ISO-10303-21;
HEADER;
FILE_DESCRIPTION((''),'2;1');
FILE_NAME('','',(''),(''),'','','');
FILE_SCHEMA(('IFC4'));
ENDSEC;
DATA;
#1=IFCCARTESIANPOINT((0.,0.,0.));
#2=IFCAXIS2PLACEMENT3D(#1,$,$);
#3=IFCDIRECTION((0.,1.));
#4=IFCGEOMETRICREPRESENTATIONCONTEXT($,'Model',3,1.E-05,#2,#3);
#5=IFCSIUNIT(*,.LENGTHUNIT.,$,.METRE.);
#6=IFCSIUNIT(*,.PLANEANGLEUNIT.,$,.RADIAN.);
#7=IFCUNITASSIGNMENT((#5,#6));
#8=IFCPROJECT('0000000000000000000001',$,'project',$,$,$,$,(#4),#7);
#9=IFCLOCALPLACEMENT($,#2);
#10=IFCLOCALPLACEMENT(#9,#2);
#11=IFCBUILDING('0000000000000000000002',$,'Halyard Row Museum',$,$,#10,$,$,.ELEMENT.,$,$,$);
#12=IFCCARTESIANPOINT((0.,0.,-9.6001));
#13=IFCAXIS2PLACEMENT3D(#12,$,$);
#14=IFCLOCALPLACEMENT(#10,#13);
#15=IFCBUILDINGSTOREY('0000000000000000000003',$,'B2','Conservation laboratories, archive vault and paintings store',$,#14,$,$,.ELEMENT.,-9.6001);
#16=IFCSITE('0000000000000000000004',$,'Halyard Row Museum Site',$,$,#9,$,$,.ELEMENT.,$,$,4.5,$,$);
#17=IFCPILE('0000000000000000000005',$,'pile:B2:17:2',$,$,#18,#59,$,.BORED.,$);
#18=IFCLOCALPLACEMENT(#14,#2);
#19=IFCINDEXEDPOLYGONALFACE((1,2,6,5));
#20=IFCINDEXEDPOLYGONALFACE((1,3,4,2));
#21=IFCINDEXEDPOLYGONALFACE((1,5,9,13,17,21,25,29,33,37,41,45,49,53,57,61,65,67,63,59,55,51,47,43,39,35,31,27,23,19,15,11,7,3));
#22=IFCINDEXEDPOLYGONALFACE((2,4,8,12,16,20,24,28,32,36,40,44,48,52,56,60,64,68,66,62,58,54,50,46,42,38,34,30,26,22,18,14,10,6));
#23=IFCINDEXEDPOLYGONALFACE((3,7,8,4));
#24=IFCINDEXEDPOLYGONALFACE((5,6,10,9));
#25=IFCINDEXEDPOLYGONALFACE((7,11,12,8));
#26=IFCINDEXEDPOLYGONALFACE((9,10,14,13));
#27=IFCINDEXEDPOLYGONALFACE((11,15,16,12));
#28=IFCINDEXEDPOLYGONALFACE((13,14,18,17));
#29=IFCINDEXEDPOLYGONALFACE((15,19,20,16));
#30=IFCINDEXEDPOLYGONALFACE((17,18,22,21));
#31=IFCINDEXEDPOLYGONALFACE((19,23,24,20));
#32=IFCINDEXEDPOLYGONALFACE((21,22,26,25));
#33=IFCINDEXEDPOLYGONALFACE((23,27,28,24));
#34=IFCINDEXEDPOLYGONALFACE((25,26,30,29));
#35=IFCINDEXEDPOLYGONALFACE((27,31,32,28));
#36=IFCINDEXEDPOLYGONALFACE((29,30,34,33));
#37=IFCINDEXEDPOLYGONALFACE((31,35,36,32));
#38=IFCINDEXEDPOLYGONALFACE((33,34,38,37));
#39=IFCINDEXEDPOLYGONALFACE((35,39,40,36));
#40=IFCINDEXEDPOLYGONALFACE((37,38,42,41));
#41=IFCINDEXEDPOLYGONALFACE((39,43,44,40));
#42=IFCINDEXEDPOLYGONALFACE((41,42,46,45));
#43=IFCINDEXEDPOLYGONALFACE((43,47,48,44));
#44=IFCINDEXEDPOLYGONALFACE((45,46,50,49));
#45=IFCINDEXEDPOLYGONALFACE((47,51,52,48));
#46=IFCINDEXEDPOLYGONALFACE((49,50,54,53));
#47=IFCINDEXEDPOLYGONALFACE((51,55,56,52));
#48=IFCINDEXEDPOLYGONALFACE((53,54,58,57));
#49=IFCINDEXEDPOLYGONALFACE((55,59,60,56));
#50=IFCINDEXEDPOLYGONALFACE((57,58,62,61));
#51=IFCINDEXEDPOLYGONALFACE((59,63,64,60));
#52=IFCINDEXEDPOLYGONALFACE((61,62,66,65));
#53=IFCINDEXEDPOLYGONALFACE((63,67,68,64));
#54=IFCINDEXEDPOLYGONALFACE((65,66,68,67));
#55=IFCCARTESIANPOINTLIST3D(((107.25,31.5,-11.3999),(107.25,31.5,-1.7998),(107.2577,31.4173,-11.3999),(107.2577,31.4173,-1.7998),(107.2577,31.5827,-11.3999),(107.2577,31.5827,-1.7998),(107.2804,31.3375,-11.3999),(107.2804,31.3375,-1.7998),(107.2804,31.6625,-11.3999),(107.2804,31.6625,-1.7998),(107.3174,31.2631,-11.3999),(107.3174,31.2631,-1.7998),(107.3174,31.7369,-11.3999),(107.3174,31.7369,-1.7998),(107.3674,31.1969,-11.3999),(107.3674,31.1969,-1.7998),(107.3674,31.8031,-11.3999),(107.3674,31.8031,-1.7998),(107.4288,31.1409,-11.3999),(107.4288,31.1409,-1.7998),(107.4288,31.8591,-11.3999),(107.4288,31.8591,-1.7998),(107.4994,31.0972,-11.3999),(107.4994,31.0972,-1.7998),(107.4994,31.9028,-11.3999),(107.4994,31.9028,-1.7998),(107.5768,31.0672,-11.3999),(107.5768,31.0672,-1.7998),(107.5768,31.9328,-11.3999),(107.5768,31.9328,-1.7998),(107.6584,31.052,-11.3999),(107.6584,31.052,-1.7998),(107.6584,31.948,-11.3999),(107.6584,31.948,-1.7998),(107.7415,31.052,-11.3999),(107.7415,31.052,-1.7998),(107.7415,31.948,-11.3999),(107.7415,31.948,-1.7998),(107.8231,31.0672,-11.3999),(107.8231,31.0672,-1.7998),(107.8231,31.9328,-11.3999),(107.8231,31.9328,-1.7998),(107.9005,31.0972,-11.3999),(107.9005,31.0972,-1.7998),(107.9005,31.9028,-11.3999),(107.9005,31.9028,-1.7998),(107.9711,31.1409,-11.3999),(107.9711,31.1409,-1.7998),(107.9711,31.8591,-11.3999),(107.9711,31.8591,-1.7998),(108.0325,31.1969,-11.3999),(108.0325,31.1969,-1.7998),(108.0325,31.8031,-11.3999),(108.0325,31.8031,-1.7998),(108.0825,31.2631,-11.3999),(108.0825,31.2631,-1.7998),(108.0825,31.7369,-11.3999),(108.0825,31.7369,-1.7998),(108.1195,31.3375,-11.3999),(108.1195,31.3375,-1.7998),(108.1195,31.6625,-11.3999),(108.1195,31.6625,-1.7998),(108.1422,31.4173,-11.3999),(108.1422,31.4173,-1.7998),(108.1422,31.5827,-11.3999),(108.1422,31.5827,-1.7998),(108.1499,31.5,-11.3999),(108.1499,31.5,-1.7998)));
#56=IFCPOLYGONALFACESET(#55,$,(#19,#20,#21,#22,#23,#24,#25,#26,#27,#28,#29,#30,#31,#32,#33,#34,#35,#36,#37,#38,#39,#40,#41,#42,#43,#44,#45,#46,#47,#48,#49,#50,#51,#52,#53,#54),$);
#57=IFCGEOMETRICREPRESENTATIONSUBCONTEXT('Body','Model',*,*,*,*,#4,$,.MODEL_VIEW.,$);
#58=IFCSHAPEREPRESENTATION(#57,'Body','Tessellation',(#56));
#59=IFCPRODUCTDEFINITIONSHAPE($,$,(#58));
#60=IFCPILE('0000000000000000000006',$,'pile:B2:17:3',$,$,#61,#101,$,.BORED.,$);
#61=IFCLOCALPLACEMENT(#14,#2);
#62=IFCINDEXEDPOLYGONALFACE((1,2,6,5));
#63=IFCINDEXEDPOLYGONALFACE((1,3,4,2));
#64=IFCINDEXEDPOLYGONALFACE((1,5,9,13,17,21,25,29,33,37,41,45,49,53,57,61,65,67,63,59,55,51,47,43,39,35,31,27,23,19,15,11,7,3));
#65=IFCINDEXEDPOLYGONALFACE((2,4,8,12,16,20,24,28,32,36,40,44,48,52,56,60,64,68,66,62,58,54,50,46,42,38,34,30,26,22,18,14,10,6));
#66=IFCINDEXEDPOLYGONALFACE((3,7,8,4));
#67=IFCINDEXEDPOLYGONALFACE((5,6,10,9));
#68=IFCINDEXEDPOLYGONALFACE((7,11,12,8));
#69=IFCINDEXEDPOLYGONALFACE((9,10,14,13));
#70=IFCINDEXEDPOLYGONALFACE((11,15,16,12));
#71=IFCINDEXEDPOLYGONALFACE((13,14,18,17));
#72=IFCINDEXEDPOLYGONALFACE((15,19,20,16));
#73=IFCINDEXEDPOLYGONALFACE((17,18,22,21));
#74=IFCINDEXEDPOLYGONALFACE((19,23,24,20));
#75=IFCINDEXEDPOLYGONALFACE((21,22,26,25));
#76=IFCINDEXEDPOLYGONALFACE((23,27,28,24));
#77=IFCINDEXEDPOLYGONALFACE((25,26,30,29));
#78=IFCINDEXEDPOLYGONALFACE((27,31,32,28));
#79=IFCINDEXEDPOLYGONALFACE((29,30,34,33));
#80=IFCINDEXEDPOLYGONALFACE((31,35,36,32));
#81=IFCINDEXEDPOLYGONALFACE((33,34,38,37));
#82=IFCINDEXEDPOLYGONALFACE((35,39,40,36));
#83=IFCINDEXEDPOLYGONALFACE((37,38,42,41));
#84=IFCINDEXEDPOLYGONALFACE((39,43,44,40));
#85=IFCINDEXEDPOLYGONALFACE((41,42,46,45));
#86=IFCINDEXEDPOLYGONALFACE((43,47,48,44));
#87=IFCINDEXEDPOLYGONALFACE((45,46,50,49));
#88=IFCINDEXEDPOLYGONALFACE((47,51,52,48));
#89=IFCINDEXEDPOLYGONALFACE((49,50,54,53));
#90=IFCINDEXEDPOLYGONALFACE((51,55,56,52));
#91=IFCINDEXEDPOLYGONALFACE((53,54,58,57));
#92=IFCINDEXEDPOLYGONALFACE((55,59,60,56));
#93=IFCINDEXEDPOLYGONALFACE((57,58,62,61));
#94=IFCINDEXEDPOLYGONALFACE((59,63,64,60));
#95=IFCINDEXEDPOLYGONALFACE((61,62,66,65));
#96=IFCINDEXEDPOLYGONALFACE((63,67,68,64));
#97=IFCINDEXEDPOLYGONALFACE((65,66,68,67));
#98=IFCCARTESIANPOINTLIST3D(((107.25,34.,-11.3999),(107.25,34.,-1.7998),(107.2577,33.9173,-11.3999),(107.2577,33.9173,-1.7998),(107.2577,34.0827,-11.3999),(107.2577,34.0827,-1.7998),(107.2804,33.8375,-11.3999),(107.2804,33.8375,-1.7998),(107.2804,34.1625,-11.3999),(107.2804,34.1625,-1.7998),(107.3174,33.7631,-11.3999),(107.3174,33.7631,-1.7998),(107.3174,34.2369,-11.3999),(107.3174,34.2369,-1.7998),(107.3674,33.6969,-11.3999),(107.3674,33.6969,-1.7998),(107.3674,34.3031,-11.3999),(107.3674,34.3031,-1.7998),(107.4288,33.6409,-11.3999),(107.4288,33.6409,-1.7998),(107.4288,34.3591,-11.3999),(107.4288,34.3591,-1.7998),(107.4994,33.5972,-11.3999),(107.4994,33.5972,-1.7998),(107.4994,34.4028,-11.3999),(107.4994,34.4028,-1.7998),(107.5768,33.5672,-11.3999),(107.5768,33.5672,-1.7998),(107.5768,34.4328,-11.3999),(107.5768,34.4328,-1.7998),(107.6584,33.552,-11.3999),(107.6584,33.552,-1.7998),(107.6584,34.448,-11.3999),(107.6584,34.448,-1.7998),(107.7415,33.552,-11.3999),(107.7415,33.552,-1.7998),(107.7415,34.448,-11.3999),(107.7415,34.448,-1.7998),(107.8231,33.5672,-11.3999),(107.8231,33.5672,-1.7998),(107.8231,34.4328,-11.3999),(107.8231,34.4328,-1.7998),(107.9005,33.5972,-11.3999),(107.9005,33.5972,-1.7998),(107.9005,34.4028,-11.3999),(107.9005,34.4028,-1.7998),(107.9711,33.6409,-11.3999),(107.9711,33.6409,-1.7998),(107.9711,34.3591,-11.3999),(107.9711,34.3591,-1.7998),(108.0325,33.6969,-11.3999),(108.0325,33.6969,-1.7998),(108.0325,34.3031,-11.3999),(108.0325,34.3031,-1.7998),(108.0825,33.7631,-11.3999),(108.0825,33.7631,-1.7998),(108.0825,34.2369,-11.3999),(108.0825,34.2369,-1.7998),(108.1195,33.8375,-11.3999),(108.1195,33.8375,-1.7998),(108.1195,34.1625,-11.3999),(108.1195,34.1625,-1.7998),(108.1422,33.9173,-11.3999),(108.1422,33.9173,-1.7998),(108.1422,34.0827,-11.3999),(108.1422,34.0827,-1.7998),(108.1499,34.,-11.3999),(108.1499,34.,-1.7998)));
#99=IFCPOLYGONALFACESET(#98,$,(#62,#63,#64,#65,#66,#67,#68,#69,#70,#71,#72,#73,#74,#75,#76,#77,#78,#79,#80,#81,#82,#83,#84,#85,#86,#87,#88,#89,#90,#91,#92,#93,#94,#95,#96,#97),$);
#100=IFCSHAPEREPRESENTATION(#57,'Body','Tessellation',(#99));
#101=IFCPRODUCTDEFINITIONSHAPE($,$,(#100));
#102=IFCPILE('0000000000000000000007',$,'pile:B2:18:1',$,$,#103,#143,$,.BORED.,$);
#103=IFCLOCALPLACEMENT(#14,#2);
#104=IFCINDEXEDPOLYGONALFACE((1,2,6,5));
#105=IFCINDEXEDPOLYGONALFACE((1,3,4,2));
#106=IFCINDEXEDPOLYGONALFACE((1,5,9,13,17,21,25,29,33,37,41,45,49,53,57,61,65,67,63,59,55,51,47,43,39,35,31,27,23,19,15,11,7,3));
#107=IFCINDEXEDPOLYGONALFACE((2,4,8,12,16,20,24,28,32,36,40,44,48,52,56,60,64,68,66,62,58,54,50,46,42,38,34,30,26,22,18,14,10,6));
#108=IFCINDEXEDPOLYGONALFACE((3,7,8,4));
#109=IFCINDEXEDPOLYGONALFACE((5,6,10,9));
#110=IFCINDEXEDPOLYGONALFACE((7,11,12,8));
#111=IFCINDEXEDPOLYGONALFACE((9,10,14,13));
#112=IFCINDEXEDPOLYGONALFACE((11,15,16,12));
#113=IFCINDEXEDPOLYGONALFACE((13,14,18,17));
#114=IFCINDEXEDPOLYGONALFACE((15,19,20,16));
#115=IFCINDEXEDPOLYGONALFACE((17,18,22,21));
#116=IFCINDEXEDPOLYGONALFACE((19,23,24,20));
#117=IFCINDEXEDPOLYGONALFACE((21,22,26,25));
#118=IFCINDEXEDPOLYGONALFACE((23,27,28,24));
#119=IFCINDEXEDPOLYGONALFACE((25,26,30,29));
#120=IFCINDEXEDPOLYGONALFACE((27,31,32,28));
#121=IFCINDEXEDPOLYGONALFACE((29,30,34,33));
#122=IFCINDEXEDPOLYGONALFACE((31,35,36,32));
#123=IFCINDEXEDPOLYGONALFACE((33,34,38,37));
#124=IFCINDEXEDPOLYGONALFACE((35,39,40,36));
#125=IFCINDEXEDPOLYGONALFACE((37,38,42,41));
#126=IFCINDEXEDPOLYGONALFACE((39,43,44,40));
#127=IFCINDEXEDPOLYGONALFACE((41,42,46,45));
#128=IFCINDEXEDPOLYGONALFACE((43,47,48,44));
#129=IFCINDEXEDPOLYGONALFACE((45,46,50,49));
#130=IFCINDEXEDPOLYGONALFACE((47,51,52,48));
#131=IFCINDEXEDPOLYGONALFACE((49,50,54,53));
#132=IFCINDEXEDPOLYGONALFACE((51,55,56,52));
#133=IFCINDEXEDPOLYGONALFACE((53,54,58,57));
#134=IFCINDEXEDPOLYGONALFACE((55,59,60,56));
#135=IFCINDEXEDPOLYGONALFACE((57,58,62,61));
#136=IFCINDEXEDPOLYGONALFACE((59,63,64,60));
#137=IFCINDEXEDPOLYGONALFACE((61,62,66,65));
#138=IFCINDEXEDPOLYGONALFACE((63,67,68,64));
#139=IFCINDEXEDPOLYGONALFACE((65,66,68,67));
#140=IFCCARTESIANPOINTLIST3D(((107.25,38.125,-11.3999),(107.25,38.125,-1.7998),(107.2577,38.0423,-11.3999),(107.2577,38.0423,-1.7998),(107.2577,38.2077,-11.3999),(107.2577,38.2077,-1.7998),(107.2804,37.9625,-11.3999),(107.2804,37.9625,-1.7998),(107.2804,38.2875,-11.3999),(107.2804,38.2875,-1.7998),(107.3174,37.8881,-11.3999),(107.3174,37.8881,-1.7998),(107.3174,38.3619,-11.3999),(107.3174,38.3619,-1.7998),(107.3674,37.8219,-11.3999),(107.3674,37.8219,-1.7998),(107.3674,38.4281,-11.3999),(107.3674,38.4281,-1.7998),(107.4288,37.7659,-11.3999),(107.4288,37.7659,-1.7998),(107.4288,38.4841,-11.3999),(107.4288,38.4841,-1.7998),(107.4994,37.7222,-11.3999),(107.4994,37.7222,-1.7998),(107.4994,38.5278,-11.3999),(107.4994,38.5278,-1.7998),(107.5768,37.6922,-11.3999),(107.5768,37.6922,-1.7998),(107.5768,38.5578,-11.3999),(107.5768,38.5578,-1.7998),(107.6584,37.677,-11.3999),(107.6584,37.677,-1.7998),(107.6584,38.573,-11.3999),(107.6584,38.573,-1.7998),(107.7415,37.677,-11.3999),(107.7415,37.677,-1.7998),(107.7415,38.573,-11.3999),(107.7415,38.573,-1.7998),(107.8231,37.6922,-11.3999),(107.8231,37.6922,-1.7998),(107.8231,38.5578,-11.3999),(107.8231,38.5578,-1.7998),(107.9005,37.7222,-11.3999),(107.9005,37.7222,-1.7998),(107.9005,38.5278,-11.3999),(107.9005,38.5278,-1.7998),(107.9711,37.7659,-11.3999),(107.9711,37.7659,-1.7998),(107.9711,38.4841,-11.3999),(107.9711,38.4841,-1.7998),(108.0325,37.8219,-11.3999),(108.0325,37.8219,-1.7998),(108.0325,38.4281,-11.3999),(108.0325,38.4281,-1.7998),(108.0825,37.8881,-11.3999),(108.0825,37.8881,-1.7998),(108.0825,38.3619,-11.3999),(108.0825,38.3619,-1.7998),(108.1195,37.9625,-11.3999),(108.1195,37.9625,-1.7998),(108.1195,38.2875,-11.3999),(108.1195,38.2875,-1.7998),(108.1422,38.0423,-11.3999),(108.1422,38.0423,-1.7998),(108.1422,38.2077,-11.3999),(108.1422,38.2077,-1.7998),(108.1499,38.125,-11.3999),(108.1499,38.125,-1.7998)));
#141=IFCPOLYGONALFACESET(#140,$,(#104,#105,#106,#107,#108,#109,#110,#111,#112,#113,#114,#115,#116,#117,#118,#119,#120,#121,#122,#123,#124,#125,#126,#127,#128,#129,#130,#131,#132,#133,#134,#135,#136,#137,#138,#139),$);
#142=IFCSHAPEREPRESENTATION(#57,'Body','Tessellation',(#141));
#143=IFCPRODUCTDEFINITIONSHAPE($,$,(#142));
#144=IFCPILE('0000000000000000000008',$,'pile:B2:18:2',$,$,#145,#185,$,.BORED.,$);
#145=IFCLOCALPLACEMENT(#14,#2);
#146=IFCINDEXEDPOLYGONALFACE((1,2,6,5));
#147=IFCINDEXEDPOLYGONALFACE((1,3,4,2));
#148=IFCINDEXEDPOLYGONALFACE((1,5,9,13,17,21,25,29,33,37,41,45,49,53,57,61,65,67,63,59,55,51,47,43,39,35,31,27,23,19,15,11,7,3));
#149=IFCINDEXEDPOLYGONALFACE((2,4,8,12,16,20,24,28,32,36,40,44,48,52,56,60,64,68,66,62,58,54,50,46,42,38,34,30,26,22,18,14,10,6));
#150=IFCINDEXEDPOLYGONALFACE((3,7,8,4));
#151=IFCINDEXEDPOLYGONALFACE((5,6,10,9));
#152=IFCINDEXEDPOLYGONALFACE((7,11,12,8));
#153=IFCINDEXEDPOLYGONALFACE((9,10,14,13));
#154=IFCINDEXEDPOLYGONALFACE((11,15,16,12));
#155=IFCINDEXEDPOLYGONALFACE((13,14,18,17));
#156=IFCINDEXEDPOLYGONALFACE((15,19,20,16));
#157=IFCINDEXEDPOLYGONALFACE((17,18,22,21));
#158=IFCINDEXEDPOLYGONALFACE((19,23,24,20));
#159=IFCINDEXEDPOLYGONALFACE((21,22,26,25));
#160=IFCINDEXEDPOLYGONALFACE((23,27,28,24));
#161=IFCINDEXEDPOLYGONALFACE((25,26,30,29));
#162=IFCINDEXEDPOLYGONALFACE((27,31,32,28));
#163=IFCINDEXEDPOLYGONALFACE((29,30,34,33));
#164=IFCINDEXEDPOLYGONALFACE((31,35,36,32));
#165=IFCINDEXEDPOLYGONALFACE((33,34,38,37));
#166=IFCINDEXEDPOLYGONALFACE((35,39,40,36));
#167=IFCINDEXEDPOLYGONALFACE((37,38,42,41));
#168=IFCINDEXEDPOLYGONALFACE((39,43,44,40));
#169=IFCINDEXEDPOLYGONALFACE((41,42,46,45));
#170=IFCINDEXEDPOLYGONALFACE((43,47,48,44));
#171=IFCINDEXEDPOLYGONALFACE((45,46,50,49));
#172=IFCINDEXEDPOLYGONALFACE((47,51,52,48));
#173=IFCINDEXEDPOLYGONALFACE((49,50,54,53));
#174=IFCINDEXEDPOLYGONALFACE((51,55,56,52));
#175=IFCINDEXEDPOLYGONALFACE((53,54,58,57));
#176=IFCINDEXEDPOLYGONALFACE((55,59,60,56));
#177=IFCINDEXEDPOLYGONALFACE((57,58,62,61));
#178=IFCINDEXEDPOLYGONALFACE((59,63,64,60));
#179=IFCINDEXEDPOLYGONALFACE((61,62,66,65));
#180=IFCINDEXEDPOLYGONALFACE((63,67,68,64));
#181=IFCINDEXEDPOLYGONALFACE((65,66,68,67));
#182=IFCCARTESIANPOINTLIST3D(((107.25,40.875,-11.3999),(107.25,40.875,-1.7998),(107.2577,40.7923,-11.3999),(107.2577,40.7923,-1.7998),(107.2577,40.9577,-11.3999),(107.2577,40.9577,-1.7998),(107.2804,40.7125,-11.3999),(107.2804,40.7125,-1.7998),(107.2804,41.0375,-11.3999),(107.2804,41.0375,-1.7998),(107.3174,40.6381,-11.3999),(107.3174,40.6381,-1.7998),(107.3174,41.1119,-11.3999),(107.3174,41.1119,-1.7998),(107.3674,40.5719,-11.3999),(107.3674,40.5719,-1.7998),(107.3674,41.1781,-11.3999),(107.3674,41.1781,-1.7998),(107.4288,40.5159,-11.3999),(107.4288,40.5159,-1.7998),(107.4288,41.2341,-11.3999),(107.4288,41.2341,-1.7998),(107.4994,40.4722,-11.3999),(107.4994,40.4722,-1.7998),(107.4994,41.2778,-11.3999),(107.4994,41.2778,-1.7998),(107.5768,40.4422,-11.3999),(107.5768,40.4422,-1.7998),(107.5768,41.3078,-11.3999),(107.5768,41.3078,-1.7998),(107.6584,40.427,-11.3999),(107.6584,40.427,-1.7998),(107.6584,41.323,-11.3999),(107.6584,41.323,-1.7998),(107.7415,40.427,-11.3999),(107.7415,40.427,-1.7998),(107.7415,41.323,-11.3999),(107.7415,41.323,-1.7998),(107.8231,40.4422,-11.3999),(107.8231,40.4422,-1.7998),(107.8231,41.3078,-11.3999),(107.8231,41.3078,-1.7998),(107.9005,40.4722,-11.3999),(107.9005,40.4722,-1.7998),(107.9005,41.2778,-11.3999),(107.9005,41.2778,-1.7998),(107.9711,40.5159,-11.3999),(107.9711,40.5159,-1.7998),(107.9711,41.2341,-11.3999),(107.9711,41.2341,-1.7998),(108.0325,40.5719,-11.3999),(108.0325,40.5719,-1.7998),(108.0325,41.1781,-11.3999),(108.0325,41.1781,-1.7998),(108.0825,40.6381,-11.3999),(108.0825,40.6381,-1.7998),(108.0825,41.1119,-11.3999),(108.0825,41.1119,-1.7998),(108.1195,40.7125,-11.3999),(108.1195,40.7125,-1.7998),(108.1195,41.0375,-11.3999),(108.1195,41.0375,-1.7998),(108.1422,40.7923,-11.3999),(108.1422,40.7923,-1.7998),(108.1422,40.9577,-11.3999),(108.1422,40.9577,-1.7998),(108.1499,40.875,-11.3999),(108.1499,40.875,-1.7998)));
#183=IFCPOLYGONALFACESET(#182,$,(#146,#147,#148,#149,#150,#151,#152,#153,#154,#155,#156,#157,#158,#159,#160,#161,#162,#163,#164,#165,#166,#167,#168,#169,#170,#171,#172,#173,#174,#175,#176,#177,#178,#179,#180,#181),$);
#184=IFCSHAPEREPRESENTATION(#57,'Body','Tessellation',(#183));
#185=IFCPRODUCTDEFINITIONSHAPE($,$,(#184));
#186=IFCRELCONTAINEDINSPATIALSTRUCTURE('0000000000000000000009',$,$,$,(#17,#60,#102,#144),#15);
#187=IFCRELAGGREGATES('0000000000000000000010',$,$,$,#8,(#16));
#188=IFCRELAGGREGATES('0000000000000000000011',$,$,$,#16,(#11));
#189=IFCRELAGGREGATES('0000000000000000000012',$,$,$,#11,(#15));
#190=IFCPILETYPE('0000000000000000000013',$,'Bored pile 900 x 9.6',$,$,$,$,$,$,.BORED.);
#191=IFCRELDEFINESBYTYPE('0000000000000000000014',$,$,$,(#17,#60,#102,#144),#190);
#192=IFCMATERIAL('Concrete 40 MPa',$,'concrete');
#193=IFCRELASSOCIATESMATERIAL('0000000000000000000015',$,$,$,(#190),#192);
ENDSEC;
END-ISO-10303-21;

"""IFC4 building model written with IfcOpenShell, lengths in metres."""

from ifc_helpers import new_model, si_unit, direction, frame, origin, origin_2d, place, context, subcontext, project, spatial, circle, extrude, material, material_profile, profile_set, type_object, element, save


model = new_model("IFC4")

# Units and contexts
model_context = context("Model", 3, precision=1e-05, world=origin(), true_north=direction((0.0, 1.0)))
body_context = subcontext(model_context, "Body", "Model", "MODEL_VIEW")
ifc_project = project(units=[si_unit("LENGTHUNIT", "METRE"), si_unit("PLANEANGLEUNIT", "RADIAN")], contexts=[model_context])

# Site, building, storey
site_placement = place(None, origin())
site = spatial("IfcSite", under=ifc_project, at=site_placement, Name="Halyard Row Museum Site", CompositionType="ELEMENT", RefElevation=4.5)
building_placement = place(site_placement, origin())
building = spatial("IfcBuilding", under=site, at=building_placement, Name="Halyard Row Museum", CompositionType="ELEMENT")
storey_placement = place(building_placement, frame((0.0, 0.0, -9.6001)))
storey = spatial("IfcBuildingStorey", under=building, at=storey_placement, Name="B2", Description="Conservation laboratories, archive vault and paintings store", CompositionType="ELEMENT", Elevation=-9.6001)

# Piles
ifc_material_1 = material(Name="Concrete 40 MPa", Category="concrete")
ifc_material_profile_1 = material_profile(ifc_material_1, circle(Radius=0.45, at=origin_2d()), Name="Bored pile 900 x 9.6")
ifc_profile_set_1 = profile_set([ifc_material_profile_1], Name="Concrete 40 MPa")
pile_type_1 = type_object("IfcPileType", Name="Bored pile 900 x 9.6", PredefinedType="BORED", material=ifc_profile_set_1)
for number, where, z_axis, x_axis, name in (
    (1, (107.7, 31.5, -1.7998), (0.0, 0.0, -1.0), (1.0, 0.0, 0.0), "pile:B2:17:2"),
    (2, (107.7, 34.0, -1.7998), (0.0, 0.0, -1.0), (1.0, 0.0, 0.0), "pile:B2:17:3"),
    (3, (107.7, 38.125, -1.7998), (0.0, 0.0, -1.0), (1.0, 0.0, 0.0), "pile:B2:18:1"),
    (4, (107.7, 40.875, -1.7998), (0.0, 0.0, -1.0), (1.0, 0.0, 0.0), "pile:B2:18:2"),
):
    element("IfcPile", number, at=place(storey_placement, frame(where, z_axis=z_axis, x_axis=x_axis)), inside=storey, type_object=pile_type_1, Name=name, PredefinedType="BORED", context=body_context, shape_type="SweptSolid", body=[
        extrude(circle(Radius=0.45, at=origin_2d()), origin(), (0.0, 0.0, 1.0), 9.6001),
    ])

save(model, "model.ifc")
